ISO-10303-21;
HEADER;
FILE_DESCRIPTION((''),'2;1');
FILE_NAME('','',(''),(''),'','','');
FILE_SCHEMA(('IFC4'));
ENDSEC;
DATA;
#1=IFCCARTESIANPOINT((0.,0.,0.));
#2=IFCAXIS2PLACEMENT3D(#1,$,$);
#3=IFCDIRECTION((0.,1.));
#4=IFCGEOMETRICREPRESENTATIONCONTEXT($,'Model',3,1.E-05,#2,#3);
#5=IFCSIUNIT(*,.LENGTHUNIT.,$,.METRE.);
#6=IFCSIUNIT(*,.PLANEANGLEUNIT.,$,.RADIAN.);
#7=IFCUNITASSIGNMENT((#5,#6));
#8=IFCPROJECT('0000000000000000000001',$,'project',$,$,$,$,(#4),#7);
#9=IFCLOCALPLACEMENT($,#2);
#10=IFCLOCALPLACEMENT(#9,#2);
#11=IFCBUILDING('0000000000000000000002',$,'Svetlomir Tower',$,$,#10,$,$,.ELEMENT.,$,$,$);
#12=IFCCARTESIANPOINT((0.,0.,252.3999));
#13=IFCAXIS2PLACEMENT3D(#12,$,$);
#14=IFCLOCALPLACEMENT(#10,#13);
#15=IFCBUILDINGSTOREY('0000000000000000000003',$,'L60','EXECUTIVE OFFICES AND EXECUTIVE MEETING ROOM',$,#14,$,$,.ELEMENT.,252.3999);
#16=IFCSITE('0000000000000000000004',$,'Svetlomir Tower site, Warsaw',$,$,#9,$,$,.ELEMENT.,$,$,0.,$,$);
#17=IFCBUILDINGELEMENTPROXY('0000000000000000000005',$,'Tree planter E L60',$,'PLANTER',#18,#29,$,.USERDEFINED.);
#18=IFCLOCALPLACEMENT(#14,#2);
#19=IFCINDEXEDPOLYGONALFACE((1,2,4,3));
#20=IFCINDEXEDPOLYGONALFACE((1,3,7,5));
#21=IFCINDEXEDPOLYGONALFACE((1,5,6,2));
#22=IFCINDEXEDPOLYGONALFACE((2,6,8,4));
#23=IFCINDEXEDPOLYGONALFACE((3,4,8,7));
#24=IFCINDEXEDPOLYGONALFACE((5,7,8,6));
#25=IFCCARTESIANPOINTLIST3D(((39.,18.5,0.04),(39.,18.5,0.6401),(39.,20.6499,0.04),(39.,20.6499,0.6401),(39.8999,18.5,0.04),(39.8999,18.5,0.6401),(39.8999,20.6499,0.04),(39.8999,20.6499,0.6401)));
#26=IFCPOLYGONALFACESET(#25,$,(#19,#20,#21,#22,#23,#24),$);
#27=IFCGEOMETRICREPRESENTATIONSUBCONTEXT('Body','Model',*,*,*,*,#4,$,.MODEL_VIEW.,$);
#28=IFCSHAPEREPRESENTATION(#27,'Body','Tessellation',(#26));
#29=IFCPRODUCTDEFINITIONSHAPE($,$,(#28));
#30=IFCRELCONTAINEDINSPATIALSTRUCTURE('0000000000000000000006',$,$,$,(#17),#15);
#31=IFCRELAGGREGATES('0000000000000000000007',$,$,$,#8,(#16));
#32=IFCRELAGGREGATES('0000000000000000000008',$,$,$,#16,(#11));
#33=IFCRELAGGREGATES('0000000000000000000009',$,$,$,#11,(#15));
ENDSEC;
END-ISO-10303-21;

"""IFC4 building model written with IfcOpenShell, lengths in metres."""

from ifc_helpers import new_model, si_unit, direction, frame, origin, origin_2d, place, context, subcontext, project, spatial, rectangle, extrude, element, save


model = new_model("IFC4")

# Units and contexts
model_context = context("Model", 3, precision=1e-05, world=origin(), true_north=direction((0.0, 1.0)))
body_context = subcontext(model_context, "Body", "Model", "MODEL_VIEW")
ifc_project = project(units=[si_unit("LENGTHUNIT", "METRE"), si_unit("PLANEANGLEUNIT", "RADIAN")], contexts=[model_context])

# Site, building, storey
site_placement = place(None, origin())
site = spatial("IfcSite", under=ifc_project, at=site_placement, Name="Svetlomir Tower site, Warsaw", CompositionType="ELEMENT", RefElevation=0.0)
building_placement = place(site_placement, origin())
building = spatial("IfcBuilding", under=site, at=building_placement, Name="Svetlomir Tower", CompositionType="ELEMENT")
storey_placement = place(building_placement, frame((0.0, 0.0, 252.3999)))
storey = spatial("IfcBuildingStorey", under=building, at=storey_placement, Name="L60", Description="EXECUTIVE OFFICES AND EXECUTIVE MEETING ROOM", CompositionType="ELEMENT", Elevation=252.3999)

# Building element proxy
proxy_placement = place(storey_placement, frame((39.45, 19.575, 0.04), z_axis=(0.0, 0.0, 1.0), x_axis=(1.0, 0.0, 0.0)))
element("IfcBuildingElementProxy", 1, at=proxy_placement, inside=storey, Name="Tree planter E L60", ObjectType="PLANTER", PredefinedType="USERDEFINED", context=body_context, shape_type="SweptSolid", body=[
    extrude(rectangle(XDim=0.8999, YDim=2.1499, at=origin_2d()), origin(), (0.0, 0.0, 1.0), 0.6001),
])

save(model, "model.ifc")
